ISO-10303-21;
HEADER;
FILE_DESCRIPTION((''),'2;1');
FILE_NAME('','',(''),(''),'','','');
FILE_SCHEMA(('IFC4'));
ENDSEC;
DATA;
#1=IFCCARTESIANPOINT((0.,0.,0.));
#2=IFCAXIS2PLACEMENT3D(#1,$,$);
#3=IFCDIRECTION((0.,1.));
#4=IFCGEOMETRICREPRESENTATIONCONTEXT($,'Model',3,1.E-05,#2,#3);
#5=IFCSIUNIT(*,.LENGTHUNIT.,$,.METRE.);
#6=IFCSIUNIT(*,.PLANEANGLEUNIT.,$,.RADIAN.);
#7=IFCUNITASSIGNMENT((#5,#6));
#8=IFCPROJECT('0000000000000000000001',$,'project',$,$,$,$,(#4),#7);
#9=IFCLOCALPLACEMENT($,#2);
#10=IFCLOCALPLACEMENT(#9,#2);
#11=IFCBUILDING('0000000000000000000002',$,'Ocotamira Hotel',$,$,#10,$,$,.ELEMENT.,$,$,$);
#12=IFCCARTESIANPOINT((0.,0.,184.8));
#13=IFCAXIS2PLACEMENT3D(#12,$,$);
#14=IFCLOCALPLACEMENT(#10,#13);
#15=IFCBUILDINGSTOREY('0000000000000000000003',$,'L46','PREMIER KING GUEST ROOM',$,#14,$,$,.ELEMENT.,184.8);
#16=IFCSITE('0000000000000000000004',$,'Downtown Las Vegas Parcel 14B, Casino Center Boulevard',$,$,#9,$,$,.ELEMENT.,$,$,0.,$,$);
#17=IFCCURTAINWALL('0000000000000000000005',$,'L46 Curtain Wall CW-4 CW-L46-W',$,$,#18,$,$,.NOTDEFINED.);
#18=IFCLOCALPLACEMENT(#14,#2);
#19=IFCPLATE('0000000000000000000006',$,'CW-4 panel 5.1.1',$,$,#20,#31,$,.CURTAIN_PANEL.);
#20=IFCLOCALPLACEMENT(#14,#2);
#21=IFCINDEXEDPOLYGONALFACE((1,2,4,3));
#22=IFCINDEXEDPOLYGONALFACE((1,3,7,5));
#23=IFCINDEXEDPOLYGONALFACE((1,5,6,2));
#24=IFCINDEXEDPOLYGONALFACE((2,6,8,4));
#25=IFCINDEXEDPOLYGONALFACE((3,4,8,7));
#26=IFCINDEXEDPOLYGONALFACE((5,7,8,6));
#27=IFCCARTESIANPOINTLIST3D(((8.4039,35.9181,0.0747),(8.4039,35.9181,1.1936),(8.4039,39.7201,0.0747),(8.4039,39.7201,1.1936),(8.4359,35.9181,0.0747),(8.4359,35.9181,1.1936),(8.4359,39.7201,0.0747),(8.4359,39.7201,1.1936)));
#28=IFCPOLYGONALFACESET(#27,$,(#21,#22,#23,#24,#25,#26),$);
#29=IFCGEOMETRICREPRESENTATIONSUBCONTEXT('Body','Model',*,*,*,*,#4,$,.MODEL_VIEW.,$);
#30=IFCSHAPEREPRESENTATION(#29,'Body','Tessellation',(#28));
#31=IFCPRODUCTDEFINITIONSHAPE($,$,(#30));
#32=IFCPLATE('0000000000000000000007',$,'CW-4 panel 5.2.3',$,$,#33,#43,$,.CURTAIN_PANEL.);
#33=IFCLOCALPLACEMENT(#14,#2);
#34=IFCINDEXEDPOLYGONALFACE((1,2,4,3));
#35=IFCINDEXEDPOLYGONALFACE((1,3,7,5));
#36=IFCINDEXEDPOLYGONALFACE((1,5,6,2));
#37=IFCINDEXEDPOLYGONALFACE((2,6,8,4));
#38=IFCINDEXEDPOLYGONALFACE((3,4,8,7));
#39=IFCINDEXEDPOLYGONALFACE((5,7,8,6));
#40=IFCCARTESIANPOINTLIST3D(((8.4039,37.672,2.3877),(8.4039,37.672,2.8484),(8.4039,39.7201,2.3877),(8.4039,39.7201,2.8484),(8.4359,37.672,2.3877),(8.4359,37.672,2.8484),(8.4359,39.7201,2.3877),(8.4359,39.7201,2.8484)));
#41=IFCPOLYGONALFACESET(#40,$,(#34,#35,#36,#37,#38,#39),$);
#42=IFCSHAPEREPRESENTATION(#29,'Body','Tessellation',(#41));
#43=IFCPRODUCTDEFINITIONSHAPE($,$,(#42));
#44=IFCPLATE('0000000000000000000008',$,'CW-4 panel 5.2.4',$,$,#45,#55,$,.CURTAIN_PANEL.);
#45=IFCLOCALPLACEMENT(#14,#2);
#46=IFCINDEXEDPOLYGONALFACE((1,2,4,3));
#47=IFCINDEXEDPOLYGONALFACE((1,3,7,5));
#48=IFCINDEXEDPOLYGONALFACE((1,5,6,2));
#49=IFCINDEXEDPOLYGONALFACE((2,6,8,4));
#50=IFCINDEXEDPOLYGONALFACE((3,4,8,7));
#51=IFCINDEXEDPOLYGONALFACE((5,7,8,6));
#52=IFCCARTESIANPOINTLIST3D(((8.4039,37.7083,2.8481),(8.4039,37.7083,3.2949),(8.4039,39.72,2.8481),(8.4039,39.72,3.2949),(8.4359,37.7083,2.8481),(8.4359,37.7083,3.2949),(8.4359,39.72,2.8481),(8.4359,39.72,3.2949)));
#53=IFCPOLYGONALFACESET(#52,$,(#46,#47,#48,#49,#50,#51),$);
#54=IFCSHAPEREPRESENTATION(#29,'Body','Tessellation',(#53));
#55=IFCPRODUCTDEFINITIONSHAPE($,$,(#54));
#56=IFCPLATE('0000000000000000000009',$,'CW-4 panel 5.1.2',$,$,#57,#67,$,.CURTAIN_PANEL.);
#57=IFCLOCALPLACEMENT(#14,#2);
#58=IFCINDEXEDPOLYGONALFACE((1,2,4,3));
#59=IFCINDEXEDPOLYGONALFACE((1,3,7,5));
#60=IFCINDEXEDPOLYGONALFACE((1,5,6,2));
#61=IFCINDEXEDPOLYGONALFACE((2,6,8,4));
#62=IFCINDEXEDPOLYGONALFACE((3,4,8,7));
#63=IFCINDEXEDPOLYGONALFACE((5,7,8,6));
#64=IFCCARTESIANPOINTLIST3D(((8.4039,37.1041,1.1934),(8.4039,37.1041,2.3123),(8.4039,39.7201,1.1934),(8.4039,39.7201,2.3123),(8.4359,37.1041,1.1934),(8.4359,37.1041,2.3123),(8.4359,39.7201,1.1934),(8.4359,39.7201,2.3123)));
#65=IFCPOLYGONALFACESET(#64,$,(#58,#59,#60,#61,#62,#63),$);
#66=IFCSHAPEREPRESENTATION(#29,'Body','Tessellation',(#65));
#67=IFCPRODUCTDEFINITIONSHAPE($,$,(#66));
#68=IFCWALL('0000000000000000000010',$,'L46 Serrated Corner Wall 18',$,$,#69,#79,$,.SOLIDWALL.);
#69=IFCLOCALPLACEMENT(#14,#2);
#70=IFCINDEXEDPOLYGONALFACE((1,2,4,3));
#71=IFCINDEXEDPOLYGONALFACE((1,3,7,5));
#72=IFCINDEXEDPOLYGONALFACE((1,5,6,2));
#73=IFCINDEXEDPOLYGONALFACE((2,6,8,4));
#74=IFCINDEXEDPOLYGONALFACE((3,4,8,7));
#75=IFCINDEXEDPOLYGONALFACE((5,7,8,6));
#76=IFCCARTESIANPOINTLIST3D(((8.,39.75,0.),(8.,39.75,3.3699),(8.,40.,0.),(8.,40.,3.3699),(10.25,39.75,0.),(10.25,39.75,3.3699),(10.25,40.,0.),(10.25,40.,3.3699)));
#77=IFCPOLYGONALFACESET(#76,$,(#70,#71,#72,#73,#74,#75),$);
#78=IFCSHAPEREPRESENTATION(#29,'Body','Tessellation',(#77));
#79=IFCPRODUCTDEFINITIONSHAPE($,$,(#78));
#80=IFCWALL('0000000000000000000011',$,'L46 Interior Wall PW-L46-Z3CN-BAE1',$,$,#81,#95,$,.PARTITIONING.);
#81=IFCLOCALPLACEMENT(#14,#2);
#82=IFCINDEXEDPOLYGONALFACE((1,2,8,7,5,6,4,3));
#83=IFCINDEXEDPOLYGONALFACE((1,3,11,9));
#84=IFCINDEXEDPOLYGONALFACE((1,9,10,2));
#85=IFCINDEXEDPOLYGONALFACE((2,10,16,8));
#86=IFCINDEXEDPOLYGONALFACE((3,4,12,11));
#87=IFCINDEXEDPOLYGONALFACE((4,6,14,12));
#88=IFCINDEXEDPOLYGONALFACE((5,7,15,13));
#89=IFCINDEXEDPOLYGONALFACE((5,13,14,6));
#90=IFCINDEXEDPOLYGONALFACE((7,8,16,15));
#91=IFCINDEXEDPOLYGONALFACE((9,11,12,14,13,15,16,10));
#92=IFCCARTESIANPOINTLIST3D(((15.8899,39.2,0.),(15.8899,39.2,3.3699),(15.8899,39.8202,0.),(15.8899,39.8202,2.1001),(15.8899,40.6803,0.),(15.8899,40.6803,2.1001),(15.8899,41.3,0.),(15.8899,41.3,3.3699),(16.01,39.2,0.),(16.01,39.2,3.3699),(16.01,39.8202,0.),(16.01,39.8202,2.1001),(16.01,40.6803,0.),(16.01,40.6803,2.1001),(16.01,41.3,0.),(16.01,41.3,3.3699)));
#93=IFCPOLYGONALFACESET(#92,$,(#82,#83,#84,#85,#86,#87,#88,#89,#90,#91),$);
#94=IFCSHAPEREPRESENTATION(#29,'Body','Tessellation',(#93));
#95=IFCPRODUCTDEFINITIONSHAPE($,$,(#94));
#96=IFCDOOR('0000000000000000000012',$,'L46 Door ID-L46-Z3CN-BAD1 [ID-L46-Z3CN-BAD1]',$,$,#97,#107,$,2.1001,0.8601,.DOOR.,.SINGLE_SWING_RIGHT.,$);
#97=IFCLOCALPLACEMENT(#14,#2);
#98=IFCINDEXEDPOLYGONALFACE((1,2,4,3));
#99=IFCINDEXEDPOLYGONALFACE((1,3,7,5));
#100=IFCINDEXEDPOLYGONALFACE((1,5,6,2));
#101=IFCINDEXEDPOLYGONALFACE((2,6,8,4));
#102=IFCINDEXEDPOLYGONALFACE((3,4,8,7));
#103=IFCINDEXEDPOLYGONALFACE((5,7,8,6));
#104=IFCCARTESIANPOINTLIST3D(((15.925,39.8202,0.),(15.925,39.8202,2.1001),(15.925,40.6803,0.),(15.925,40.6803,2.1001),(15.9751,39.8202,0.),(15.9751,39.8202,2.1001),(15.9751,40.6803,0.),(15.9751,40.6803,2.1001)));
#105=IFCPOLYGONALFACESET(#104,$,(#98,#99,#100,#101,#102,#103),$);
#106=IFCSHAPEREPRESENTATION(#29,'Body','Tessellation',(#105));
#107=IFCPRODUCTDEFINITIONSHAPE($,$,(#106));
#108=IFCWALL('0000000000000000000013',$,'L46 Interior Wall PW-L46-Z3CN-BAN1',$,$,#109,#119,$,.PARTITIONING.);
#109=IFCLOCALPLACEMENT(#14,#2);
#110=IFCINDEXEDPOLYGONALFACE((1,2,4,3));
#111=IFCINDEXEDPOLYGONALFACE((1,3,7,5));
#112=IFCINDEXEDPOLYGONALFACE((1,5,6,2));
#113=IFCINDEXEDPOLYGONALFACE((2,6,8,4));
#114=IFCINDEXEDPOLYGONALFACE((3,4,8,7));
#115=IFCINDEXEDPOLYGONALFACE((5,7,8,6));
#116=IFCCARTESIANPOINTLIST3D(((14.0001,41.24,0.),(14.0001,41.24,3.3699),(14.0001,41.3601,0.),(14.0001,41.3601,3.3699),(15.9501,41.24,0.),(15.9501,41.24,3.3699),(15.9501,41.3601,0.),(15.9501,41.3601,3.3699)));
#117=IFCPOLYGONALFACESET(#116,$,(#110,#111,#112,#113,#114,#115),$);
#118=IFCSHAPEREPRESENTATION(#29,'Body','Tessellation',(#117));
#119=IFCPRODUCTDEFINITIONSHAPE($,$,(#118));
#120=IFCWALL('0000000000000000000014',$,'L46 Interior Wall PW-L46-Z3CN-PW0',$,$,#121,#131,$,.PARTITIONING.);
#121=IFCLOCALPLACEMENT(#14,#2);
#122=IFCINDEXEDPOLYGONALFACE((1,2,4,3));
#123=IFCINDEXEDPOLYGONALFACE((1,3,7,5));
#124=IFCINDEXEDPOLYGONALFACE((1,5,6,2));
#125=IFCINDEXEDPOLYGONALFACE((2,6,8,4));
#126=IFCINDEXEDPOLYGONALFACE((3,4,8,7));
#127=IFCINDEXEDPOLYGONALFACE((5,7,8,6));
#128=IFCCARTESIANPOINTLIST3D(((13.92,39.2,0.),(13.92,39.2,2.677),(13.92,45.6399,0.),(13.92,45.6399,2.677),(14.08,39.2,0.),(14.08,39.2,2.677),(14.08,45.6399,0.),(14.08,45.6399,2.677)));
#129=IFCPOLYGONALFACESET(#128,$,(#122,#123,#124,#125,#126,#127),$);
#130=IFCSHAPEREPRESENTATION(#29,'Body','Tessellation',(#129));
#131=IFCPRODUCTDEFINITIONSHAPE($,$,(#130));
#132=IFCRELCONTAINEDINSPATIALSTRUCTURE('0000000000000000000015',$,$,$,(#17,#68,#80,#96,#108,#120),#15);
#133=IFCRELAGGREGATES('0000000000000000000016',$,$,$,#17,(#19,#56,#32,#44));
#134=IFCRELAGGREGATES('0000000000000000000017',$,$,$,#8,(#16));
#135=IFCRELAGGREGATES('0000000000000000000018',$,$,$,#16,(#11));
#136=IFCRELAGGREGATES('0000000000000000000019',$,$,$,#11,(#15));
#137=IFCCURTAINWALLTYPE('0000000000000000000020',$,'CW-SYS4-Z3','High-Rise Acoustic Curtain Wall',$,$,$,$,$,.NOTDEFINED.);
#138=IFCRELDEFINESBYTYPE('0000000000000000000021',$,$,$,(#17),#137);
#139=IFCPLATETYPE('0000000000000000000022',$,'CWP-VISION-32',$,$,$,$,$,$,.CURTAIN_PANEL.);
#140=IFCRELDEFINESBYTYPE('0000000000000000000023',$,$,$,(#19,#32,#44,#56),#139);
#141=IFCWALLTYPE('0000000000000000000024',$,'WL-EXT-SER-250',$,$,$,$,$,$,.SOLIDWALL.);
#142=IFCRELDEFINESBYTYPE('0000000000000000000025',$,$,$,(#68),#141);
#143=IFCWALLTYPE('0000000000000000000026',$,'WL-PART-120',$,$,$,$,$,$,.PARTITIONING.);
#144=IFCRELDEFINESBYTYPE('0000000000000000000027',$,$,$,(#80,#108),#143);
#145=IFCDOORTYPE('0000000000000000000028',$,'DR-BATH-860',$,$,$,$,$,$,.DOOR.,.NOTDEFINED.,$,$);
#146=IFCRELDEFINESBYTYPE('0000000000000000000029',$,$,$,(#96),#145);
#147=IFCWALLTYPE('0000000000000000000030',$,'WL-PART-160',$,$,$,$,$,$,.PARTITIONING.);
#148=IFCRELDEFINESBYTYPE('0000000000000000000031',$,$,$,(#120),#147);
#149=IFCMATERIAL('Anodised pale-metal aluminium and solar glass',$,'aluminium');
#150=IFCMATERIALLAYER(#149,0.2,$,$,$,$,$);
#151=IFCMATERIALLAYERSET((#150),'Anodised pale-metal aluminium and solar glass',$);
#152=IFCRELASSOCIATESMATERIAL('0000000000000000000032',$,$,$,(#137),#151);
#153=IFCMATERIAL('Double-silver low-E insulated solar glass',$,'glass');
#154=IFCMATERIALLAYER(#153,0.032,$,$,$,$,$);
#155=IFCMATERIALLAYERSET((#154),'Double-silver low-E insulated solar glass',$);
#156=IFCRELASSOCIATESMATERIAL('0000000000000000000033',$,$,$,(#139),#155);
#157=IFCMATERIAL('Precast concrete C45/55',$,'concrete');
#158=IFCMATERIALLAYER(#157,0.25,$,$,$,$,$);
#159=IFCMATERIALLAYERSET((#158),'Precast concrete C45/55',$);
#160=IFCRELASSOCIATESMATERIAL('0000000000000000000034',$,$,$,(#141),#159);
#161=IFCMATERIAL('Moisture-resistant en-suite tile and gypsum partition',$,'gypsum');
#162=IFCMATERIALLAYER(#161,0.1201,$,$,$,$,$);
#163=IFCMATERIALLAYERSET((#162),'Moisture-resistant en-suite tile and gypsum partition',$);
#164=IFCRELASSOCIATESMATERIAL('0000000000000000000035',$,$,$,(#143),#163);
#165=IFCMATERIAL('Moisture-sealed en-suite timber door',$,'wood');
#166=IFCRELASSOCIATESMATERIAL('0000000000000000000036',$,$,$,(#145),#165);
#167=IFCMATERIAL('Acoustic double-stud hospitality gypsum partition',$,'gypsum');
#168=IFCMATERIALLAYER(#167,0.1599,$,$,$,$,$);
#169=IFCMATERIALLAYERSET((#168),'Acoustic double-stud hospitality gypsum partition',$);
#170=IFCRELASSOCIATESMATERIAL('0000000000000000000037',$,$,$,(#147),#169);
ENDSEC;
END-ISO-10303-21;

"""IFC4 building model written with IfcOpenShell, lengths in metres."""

from ifc_helpers import new_model, si_unit, direction, frame, frame_2d, origin, origin_2d, place, context, subcontext, project, spatial, rectangle, extrude, source, transform, mapped, material, layer, layer_set, type_object, element, fill, aggregate, save


model = new_model("IFC4")

# Units and contexts
model_context = context("Model", 3, precision=1e-05, world=origin(), true_north=direction((0.0, 1.0)))
body_context = subcontext(model_context, "Body", "Model", "MODEL_VIEW")
ifc_project = project(units=[si_unit("LENGTHUNIT", "METRE"), si_unit("PLANEANGLEUNIT", "RADIAN")], contexts=[model_context])

# Site, building, storey
site_placement = place(None, origin())
site = spatial("IfcSite", under=ifc_project, at=site_placement, Name="Downtown Las Vegas Parcel 14B, Casino Center Boulevard", CompositionType="ELEMENT", RefElevation=0.0)
building_placement = place(site_placement, origin())
building = spatial("IfcBuilding", under=site, at=building_placement, Name="Ocotamira Hotel", CompositionType="ELEMENT")
storey_placement = place(building_placement, frame((0.0, 0.0, 184.8)))
storey = spatial("IfcBuildingStorey", under=building, at=storey_placement, Name="L46", Description="PREMIER KING GUEST ROOM", CompositionType="ELEMENT", Elevation=184.8)

# Curtain wall
ifc_material_1 = material(Name="Anodised pale-metal aluminium and solar glass", Category="aluminium")
ifc_layer_1 = layer(ifc_material_1, 0.2)
ifc_layer_set_1 = layer_set([ifc_layer_1], Name="Anodised pale-metal aluminium and solar glass")
curtain_wall_type = type_object("IfcCurtainWallType", Name="CW-SYS4-Z3", Description="High-Rise Acoustic Curtain Wall", PredefinedType="NOTDEFINED", material=ifc_layer_set_1)
curtain_wall_placement = place(storey_placement, origin())
curtain_wall = element("IfcCurtainWall", 1, at=curtain_wall_placement, inside=storey, type_object=curtain_wall_type, Name="L46 Curtain Wall CW-4 CW-L46-W", PredefinedType="NOTDEFINED")

# Plates
ifc_material_2 = material(Name="Double-silver low-E insulated solar glass", Category="glass")
ifc_layer_2 = layer(ifc_material_2, 0.032)
ifc_layer_set_2 = layer_set([ifc_layer_2], Name="Double-silver low-E insulated solar glass")
plate_type_1 = type_object("IfcPlateType", Name="CWP-VISION-32", PredefinedType="CURTAIN_PANEL", material=ifc_layer_set_2)
shared_shape_1 = source(origin(), body_context, "Body", "SweptSolid", [
    extrude(rectangle(XDim=3.802, YDim=0.032, at=origin_2d()), origin(), (0.0, 0.0, 1.0), 1.1189),
])
plate_1_placement = place(storey_placement, frame((8.4199, 37.8191, 0.0747), z_axis=(0.0, 0.0, 1.0), x_axis=(0.0, 1.0, 0.0)))
plate_1 = element("IfcPlate", 2, at=plate_1_placement, type_object=plate_type_1, Name="CW-4 panel 5.1.1", PredefinedType="CURTAIN_PANEL", context=body_context, shape_type="MappedRepresentation", body=[
    mapped(shared_shape_1, transform((0.0, 0.0, 0.0), scale=1.0)),
])
shared_shape_2 = source(origin(), body_context, "Body", "SweptSolid", [
    extrude(rectangle(XDim=2.0481, YDim=0.032, at=origin_2d()), origin(), (0.0, 0.0, 1.0), 0.4607),
])
plate_2_placement = place(storey_placement, frame((8.4199, 38.696, 2.3877), z_axis=(0.0, 0.0, 1.0), x_axis=(0.0, 1.0, 0.0)))
plate_2 = element("IfcPlate", 3, at=plate_2_placement, type_object=plate_type_1, Name="CW-4 panel 5.2.3", PredefinedType="CURTAIN_PANEL", context=body_context, shape_type="MappedRepresentation", body=[
    mapped(shared_shape_2, transform((0.0, 0.0, 0.0), scale=1.0)),
])
shared_shape_3 = source(origin(), body_context, "Body", "SweptSolid", [
    extrude(rectangle(XDim=2.0117, YDim=0.032, at=origin_2d()), origin(), (0.0, 0.0, 1.0), 0.4468),
])
plate_3_placement = place(storey_placement, frame((8.4199, 38.7141, 2.8481), z_axis=(0.0, 0.0, 1.0), x_axis=(0.0, 1.0, 0.0)))
plate_3 = element("IfcPlate", 4, at=plate_3_placement, type_object=plate_type_1, Name="CW-4 panel 5.2.4", PredefinedType="CURTAIN_PANEL", context=body_context, shape_type="MappedRepresentation", body=[
    mapped(shared_shape_3, transform((0.0, 0.0, 0.0), scale=1.0)),
])
shared_shape_4 = source(origin(), body_context, "Body", "SweptSolid", [
    extrude(rectangle(XDim=2.616, YDim=0.032, at=origin_2d()), origin(), (0.0, 0.0, 1.0), 1.1189),
])
plate_4_placement = place(storey_placement, frame((8.4199, 38.4121, 1.1934), z_axis=(0.0, 0.0, 1.0), x_axis=(0.0, 1.0, 0.0)))
plate_4 = element("IfcPlate", 5, at=plate_4_placement, type_object=plate_type_1, Name="CW-4 panel 5.1.2", PredefinedType="CURTAIN_PANEL", context=body_context, shape_type="MappedRepresentation", body=[
    mapped(shared_shape_4, transform((0.0, 0.0, 0.0), scale=1.0)),
])
aggregate(curtain_wall, [plate_1, plate_4, plate_2, plate_3])

# Wall
ifc_material_3 = material(Name="Precast concrete C45/55", Category="concrete")
ifc_layer_3 = layer(ifc_material_3, 0.25)
ifc_layer_set_3 = layer_set([ifc_layer_3], Name="Precast concrete C45/55")
wall_type_1 = type_object("IfcWallType", Name="WL-EXT-SER-250", PredefinedType="SOLIDWALL", material=ifc_layer_set_3)
wall_1_placement = place(storey_placement, frame((10.25, 39.875, 0.0), z_axis=(0.0, 0.0, 1.0), x_axis=(-1.0, 0.0, 0.0)))
element("IfcWall", 6, at=wall_1_placement, inside=storey, type_object=wall_type_1, Name="L46 Serrated Corner Wall 18", PredefinedType="SOLIDWALL", context=body_context, shape_type="SweptSolid", body=[
    extrude(rectangle(XDim=2.25, YDim=0.25, at=frame_2d((1.125, 0.0))), origin(), (0.0, 0.0, 1.0), 3.3699),
])

# Wall, opening, door
ifc_material_4 = material(Name="Moisture-resistant en-suite tile and gypsum partition", Category="gypsum")
ifc_layer_4 = layer(ifc_material_4, 0.1201)
ifc_layer_set_4 = layer_set([ifc_layer_4], Name="Moisture-resistant en-suite tile and gypsum partition")
wall_type_2 = type_object("IfcWallType", Name="WL-PART-120", PredefinedType="PARTITIONING", material=ifc_layer_set_4)
wall_2_placement = place(storey_placement, frame((15.95, 39.2, 0.0), z_axis=(0.0, 0.0, 1.0), x_axis=(0.0, 1.0, 0.0)))
wall_2 = element("IfcWall", 7, at=wall_2_placement, inside=storey, type_object=wall_type_2, Name="L46 Interior Wall PW-L46-Z3CN-BAE1", PredefinedType="PARTITIONING", context=body_context, shape_type="SweptSolid", body=[
    extrude(rectangle(XDim=2.1001, YDim=0.1201, at=frame_2d((1.05, 0.0))), origin(), (0.0, 0.0, 1.0), 3.3699),
])
opening_1_placement = place(wall_2_placement, frame((0.6201, 0.0, 0.0)))
opening_1 = element("IfcOpeningElement", 8, at=opening_1_placement, cuts=wall_2, PredefinedType="OPENING", context=body_context, shape_type="SweptSolid", body=[
    extrude(rectangle(XDim=0.8601, YDim=2.1001, at=frame_2d((0.4302, 1.05))), frame((0.0, 0.0701, 0.0), z_axis=(0.0, -1.0, 0.0), x_axis=(1.0, 0.0, 0.0)), (0.0, 0.0, 1.0), 0.1401),
])
ifc_material_5 = material(Name="Moisture-sealed en-suite timber door", Category="wood")
door_type_1 = type_object("IfcDoorType", Name="DR-BATH-860", OperationType="NOTDEFINED", PredefinedType="DOOR", material=ifc_material_5)
shared_shape_5 = source(origin(), body_context, "Body", "SweptSolid", [
    extrude(rectangle(XDim=0.8601, YDim=2.1001, at=frame_2d((0.4302, 1.05))), frame((0.0, 0.0249, 0.0), z_axis=(0.0, -1.0, 0.0), x_axis=(1.0, 0.0, 0.0)), (0.0, 0.0, 1.0), 0.05),
])
door_1_placement = place(opening_1_placement, origin())
door_1 = element("IfcDoor", 9, at=door_1_placement, inside=storey, type_object=door_type_1, Name="L46 Door ID-L46-Z3CN-BAD1 [ID-L46-Z3CN-BAD1]", OperationType="SINGLE_SWING_RIGHT", OverallHeight=2.1001, OverallWidth=0.8601, PredefinedType="DOOR", context=body_context, shape_type="MappedRepresentation", body=[
    mapped(shared_shape_5, transform((0.0, 0.0, 0.0), scale=1.0)),
])
fill(opening_1, door_1)

# Walls
wall_3_placement = place(storey_placement, frame((14.0, 41.3, 0.0), z_axis=(0.0, 0.0, 1.0), x_axis=(1.0, 0.0, 0.0)))
element("IfcWall", 10, at=wall_3_placement, inside=storey, type_object=wall_type_2, Name="L46 Interior Wall PW-L46-Z3CN-BAN1", PredefinedType="PARTITIONING", context=body_context, shape_type="SweptSolid", body=[
    extrude(rectangle(XDim=1.95, YDim=0.1201, at=frame_2d((0.9751, 0.0))), origin(), (0.0, 0.0, 1.0), 3.3699),
])
ifc_material_6 = material(Name="Acoustic double-stud hospitality gypsum partition", Category="gypsum")
ifc_layer_5 = layer(ifc_material_6, 0.1599)
ifc_layer_set_5 = layer_set([ifc_layer_5], Name="Acoustic double-stud hospitality gypsum partition")
wall_type_3 = type_object("IfcWallType", Name="WL-PART-160", PredefinedType="PARTITIONING", material=ifc_layer_set_5)
wall_4_placement = place(storey_placement, frame((14.0, 39.2, 0.0), z_axis=(0.0, 0.0, 1.0), x_axis=(0.0, 1.0, 0.0)))
element("IfcWall", 11, at=wall_4_placement, inside=storey, type_object=wall_type_3, Name="L46 Interior Wall PW-L46-Z3CN-PW0", PredefinedType="PARTITIONING", context=body_context, shape_type="SweptSolid", body=[
    extrude(rectangle(XDim=6.4399, YDim=0.1599, at=frame_2d((3.22, 0.0))), origin(), (0.0, 0.0, 1.0), 2.677),
])

save(model, "model.ifc")
